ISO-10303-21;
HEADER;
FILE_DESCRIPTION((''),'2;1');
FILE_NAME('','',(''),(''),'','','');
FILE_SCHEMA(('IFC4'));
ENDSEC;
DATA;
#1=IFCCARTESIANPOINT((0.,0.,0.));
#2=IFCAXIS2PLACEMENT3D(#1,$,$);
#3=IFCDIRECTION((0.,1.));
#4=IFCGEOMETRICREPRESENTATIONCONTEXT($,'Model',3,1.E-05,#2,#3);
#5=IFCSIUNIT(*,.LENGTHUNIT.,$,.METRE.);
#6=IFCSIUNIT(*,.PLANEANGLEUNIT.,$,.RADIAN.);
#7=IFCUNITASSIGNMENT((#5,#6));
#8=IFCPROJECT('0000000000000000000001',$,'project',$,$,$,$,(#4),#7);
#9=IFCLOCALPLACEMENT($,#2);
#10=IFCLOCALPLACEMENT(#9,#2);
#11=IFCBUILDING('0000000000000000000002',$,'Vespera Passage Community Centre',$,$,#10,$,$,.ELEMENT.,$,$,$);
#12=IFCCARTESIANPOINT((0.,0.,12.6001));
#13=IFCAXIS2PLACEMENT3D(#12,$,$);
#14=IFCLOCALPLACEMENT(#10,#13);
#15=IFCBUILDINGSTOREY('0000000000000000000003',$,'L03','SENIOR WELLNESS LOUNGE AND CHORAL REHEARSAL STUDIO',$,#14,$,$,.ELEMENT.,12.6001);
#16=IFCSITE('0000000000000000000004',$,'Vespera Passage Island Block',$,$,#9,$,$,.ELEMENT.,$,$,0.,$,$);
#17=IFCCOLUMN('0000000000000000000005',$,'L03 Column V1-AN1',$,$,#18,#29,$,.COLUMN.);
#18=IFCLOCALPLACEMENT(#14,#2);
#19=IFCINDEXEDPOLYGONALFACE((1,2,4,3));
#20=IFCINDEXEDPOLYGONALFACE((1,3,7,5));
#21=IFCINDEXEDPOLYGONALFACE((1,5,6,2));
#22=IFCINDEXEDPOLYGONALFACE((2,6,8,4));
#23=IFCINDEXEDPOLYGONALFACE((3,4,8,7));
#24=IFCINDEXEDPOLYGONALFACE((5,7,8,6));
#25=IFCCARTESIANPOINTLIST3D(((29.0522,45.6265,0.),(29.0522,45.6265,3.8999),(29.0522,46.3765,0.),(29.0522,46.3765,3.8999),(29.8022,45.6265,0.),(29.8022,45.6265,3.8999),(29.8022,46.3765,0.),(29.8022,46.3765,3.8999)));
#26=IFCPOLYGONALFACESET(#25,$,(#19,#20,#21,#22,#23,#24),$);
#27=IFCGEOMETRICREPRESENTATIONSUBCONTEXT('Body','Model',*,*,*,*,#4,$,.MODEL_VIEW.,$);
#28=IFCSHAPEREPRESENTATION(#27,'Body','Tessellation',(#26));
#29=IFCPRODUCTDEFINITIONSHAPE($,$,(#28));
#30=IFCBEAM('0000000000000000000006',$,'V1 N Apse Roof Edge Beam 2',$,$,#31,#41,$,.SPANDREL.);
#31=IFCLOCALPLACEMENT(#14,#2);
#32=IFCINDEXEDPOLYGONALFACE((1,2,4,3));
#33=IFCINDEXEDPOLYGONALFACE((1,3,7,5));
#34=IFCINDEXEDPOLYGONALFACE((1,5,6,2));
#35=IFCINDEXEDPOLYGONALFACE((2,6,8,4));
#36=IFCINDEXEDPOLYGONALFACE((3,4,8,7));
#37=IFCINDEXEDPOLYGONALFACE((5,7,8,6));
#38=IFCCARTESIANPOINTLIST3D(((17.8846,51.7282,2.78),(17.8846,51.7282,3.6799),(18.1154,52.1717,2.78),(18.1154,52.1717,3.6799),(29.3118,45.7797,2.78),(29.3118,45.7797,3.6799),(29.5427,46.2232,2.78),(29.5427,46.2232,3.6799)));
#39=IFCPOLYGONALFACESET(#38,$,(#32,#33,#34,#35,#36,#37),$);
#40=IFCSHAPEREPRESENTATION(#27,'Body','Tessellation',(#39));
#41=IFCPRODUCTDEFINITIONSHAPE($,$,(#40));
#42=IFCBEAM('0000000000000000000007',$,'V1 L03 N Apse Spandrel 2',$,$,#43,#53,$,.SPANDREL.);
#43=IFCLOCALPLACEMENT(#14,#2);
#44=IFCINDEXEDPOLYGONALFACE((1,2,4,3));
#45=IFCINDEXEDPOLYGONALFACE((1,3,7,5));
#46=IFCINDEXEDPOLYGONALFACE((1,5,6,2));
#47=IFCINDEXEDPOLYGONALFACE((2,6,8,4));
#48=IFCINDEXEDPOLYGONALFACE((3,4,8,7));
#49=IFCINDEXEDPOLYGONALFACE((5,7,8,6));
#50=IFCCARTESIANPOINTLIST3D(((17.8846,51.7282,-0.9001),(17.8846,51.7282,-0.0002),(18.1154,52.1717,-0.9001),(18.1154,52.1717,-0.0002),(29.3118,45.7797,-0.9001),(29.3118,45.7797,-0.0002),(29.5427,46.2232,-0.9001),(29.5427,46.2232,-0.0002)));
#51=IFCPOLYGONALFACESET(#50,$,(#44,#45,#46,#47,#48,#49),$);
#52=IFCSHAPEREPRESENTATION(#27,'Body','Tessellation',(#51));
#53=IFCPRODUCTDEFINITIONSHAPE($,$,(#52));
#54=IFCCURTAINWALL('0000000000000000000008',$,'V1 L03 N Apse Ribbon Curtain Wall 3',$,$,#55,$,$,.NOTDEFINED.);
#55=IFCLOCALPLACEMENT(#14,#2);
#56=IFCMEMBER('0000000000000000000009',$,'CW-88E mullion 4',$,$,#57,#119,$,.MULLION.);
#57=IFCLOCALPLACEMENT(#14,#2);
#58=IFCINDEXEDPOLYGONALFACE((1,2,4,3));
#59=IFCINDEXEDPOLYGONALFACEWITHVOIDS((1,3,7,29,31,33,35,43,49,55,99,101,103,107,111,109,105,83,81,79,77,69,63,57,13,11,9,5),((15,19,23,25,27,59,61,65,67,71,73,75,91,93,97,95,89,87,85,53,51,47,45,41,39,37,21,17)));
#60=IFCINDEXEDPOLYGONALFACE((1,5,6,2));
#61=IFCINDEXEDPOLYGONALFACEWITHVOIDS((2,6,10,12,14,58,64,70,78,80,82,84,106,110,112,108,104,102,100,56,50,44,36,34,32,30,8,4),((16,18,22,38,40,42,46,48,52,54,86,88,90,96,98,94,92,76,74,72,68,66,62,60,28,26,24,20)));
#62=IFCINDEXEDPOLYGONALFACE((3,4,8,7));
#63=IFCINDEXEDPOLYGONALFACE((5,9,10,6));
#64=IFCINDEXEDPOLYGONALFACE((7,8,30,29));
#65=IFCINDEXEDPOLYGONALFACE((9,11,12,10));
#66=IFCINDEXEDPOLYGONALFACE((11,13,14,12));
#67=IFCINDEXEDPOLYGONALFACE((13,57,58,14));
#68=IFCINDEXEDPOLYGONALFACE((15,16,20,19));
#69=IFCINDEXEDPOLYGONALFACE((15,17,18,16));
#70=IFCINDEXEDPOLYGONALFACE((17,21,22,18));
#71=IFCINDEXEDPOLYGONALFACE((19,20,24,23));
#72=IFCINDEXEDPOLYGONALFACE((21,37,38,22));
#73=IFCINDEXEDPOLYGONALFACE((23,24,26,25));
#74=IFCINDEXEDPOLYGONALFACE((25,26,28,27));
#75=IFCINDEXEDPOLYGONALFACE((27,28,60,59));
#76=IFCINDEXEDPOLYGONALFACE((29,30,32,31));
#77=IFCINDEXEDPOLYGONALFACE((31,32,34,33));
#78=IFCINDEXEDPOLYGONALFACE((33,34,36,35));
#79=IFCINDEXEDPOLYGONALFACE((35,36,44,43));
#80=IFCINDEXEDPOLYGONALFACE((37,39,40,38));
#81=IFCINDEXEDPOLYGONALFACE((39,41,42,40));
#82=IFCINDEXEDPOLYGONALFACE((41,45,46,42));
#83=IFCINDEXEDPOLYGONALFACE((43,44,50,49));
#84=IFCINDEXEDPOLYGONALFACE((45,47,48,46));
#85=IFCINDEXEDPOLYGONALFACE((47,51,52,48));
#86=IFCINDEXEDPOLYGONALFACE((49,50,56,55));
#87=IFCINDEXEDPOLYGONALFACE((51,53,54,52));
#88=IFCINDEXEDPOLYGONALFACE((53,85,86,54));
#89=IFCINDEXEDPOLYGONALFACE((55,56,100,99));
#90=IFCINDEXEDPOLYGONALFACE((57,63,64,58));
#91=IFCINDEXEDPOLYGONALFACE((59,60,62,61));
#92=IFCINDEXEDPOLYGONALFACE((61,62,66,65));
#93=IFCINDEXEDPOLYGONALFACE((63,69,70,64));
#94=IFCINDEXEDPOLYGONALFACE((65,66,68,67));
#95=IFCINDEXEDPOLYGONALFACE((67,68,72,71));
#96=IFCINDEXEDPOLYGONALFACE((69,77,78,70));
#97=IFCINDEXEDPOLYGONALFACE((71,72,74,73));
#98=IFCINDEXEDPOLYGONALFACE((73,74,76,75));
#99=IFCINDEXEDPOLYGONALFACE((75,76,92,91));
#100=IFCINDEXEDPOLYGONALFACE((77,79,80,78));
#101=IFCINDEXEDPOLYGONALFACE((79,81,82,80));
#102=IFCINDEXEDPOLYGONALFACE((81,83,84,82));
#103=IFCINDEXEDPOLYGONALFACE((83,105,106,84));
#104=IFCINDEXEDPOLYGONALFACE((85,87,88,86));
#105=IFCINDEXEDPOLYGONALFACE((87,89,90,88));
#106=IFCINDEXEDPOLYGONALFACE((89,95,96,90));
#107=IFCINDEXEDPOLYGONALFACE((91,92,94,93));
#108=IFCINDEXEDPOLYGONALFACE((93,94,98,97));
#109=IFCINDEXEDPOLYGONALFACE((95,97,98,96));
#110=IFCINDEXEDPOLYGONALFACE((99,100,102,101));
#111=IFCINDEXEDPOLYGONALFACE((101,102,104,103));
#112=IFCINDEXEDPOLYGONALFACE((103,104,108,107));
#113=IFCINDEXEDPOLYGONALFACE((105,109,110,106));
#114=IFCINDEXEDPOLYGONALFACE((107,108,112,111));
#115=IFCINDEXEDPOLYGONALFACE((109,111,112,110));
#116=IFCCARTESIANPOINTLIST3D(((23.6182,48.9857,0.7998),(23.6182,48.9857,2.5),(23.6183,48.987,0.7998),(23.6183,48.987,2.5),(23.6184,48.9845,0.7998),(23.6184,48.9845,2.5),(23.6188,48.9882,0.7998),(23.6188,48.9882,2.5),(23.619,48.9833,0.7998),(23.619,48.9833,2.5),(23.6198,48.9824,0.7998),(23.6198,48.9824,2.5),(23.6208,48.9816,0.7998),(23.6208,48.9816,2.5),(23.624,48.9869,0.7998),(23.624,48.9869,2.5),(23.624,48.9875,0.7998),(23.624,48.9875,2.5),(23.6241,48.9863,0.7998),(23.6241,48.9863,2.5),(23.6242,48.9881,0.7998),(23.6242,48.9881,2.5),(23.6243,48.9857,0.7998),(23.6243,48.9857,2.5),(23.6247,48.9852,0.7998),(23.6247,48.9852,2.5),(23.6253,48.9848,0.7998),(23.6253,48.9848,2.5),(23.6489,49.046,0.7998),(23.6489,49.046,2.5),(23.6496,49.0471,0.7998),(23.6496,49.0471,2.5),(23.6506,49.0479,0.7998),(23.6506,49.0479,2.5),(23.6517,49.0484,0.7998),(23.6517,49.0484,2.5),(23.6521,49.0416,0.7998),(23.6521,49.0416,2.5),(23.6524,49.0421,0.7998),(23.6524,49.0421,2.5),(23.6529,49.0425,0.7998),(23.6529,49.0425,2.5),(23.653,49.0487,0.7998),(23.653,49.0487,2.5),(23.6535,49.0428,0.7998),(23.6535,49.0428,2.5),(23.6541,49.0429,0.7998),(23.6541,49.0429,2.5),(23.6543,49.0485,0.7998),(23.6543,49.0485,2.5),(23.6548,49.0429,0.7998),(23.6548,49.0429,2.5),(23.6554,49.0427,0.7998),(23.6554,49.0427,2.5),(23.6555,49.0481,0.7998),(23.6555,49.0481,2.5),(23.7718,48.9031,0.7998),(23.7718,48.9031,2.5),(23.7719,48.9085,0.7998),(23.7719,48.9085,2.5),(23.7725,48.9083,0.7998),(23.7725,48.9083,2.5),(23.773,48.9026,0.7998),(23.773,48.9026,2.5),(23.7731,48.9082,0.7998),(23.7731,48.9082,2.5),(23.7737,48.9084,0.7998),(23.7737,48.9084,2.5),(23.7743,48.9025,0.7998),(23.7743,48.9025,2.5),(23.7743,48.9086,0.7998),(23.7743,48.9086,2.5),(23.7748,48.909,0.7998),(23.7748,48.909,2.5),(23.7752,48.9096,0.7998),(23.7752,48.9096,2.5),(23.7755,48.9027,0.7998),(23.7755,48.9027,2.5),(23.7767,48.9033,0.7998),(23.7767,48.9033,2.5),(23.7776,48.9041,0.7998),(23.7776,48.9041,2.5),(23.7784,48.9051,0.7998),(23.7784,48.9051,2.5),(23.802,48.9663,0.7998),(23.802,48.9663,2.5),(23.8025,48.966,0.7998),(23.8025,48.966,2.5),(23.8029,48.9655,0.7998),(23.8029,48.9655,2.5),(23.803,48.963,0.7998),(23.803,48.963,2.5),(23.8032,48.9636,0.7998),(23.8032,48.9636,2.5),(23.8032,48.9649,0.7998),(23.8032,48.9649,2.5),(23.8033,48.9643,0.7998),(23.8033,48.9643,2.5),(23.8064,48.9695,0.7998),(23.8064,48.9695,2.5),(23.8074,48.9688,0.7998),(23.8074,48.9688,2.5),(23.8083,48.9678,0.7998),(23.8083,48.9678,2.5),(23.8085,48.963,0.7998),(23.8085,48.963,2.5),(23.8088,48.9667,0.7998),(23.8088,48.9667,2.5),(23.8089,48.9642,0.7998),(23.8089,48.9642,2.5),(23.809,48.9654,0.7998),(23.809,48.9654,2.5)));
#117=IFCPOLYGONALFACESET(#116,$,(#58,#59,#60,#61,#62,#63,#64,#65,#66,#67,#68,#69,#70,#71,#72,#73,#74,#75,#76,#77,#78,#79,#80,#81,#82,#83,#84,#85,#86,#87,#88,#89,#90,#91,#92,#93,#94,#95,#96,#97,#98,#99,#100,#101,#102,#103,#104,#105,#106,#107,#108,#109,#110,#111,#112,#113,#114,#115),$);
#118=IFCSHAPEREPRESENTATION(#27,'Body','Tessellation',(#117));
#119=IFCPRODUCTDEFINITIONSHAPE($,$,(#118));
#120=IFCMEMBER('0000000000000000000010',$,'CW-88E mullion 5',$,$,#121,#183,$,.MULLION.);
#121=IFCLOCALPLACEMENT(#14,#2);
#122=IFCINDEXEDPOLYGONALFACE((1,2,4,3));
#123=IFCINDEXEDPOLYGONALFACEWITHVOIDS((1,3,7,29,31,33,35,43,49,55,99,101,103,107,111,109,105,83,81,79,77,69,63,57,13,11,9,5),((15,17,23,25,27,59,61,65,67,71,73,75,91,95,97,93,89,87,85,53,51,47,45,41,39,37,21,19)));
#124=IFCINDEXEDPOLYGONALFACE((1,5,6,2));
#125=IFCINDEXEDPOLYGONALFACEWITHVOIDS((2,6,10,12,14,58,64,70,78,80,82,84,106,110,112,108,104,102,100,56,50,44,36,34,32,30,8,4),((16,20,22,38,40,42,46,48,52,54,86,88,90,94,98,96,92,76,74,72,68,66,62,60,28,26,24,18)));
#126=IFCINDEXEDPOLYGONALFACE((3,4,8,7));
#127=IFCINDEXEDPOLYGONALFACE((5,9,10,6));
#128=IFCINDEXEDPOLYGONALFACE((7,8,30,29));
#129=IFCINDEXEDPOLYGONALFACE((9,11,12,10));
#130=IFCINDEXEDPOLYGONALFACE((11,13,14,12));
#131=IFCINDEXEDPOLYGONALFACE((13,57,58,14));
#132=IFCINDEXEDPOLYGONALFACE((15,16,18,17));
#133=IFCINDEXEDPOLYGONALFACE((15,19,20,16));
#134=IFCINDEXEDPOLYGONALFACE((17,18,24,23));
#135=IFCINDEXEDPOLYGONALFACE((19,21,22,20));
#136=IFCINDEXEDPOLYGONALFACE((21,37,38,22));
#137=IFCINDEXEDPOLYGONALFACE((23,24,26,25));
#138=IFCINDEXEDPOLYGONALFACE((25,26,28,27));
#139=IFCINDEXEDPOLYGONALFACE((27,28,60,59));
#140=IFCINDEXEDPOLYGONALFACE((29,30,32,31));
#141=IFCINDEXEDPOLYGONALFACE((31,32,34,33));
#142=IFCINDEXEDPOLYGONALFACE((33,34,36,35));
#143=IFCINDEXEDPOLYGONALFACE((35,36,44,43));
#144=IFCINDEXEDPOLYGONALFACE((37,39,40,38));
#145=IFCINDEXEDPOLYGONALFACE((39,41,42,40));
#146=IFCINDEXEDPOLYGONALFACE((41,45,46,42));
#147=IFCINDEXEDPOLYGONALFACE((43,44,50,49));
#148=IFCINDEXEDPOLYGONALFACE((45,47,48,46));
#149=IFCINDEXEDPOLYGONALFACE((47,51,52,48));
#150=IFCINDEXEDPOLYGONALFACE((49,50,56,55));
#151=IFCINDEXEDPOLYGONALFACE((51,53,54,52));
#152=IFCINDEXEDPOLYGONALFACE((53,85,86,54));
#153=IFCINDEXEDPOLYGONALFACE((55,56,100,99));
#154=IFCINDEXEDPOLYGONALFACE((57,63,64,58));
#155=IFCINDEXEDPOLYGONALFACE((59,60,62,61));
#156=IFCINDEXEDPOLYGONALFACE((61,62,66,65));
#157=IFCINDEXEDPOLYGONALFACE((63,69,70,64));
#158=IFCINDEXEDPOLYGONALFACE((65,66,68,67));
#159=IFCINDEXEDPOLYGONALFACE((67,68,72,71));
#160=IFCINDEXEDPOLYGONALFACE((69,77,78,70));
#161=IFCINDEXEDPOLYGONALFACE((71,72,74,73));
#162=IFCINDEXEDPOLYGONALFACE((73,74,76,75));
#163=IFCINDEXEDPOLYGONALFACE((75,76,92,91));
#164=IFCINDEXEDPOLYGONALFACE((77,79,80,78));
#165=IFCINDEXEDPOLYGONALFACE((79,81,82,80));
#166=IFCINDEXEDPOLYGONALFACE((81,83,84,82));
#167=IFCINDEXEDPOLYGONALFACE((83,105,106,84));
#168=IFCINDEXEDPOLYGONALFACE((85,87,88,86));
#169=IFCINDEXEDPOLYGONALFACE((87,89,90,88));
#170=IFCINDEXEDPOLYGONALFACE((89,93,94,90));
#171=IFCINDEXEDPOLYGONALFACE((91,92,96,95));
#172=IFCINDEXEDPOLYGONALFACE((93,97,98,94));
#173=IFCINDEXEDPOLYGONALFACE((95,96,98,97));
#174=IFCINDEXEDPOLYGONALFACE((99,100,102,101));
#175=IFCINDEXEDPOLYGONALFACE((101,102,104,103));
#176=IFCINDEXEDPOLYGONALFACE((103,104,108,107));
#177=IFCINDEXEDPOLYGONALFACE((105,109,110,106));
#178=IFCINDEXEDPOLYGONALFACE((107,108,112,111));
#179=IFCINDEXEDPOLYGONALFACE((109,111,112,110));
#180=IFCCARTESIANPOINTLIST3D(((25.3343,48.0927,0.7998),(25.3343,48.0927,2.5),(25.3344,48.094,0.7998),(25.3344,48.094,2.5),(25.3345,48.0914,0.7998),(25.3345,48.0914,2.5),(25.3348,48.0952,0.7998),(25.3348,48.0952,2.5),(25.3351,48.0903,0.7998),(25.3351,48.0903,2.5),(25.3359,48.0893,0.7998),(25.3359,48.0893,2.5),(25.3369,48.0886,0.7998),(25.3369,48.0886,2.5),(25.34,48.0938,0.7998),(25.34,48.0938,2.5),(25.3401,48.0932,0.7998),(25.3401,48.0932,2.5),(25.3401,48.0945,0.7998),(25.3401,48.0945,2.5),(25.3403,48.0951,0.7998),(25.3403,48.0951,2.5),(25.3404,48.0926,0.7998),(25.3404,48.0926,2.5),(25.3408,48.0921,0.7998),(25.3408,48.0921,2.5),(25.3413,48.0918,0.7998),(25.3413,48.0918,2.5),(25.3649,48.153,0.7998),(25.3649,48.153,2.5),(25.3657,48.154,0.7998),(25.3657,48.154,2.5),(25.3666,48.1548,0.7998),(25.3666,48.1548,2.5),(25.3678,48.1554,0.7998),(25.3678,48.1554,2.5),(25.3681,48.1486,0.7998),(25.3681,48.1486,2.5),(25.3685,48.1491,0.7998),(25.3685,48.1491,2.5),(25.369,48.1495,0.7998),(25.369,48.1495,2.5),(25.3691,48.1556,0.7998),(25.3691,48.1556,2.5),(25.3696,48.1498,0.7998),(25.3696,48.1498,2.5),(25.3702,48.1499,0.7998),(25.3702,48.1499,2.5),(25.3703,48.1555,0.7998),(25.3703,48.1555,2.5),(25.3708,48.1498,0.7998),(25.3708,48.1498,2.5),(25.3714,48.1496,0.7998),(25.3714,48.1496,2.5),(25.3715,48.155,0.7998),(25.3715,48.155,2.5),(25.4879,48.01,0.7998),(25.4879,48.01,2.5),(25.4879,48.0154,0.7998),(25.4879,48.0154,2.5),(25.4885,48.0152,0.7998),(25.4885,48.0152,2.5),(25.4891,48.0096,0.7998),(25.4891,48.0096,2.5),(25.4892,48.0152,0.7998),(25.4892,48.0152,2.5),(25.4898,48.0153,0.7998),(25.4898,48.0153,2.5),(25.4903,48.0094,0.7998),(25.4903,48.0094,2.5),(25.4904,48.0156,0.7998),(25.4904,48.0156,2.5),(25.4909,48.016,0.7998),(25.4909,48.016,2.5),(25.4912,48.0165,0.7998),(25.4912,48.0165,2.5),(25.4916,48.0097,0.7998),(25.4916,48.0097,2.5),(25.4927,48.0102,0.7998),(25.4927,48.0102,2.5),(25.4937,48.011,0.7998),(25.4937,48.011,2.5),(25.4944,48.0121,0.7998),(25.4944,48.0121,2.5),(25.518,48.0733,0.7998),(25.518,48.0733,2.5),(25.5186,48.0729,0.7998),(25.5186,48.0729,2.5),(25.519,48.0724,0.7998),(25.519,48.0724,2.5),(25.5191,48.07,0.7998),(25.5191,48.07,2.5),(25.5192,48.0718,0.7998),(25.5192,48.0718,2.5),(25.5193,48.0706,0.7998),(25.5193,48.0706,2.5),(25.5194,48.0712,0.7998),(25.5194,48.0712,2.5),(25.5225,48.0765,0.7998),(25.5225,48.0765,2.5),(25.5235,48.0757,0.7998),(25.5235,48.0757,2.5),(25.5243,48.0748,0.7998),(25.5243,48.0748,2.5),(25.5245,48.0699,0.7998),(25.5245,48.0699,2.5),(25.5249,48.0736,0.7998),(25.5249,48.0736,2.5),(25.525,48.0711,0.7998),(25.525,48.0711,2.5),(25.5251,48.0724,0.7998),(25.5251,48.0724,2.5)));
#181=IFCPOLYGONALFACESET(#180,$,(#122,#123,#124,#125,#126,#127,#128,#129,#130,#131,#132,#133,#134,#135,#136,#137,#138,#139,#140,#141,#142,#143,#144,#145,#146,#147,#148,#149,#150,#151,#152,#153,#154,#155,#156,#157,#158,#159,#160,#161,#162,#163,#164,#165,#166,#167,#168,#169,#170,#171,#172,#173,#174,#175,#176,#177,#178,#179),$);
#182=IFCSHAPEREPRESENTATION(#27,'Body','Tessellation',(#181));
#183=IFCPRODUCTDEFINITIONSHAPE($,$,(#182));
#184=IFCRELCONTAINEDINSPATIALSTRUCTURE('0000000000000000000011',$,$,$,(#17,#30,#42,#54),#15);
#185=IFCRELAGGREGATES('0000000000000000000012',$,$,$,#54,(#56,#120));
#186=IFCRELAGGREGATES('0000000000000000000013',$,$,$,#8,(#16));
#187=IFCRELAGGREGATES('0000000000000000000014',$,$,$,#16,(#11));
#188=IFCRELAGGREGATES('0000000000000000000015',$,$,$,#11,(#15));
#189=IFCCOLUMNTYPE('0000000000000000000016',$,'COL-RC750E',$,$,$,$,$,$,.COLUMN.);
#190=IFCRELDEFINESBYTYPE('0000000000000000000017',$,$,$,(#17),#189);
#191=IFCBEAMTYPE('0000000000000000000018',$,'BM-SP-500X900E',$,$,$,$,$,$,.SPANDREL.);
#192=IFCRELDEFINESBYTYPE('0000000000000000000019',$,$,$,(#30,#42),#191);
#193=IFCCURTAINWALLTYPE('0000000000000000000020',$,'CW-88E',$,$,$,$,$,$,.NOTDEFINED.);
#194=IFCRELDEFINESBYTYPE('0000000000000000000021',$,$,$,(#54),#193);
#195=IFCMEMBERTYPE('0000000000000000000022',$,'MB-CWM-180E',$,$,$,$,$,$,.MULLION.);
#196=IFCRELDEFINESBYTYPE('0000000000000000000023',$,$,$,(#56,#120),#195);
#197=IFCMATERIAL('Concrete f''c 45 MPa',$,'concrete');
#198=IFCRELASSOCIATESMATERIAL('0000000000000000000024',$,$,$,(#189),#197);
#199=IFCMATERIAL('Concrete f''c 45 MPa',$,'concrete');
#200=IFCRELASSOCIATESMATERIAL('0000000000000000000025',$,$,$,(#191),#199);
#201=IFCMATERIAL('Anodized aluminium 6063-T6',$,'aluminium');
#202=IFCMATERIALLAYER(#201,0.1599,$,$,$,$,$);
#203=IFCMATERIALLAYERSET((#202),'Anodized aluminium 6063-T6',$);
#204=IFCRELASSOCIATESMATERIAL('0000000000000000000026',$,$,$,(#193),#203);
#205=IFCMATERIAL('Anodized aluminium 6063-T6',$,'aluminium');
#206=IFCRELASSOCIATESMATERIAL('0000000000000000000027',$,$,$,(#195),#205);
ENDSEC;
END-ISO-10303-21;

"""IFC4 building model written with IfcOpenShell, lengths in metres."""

from ifc_helpers import new_model, si_unit, direction, frame, origin, origin_2d, place, context, subcontext, project, spatial, rectangle, hollow_rectangle, extrude, material, layer, layer_set, material_profile, profile_set, type_object, element, aggregate, save


model = new_model("IFC4")

# Units and contexts
model_context = context("Model", 3, precision=1e-05, world=origin(), true_north=direction((0.0, 1.0)))
body_context = subcontext(model_context, "Body", "Model", "MODEL_VIEW")
ifc_project = project(units=[si_unit("LENGTHUNIT", "METRE"), si_unit("PLANEANGLEUNIT", "RADIAN")], contexts=[model_context])

# Site, building, storey
site_placement = place(None, origin())
site = spatial("IfcSite", under=ifc_project, at=site_placement, Name="Vespera Passage Island Block", CompositionType="ELEMENT", RefElevation=0.0)
building_placement = place(site_placement, origin())
building = spatial("IfcBuilding", under=site, at=building_placement, Name="Vespera Passage Community Centre", CompositionType="ELEMENT")
storey_placement = place(building_placement, frame((0.0, 0.0, 12.6001)))
storey = spatial("IfcBuildingStorey", under=building, at=storey_placement, Name="L03", Description="SENIOR WELLNESS LOUNGE AND CHORAL REHEARSAL STUDIO", CompositionType="ELEMENT", Elevation=12.6001)

# Column
ifc_material_1 = material(Name="Concrete f'c 45 MPa", Category="concrete")
ifc_material_profile_1 = material_profile(ifc_material_1, rectangle(XDim=0.75, YDim=0.75, at=origin_2d()), Name="RC750X750")
ifc_profile_set_1 = profile_set([ifc_material_profile_1], Name="Concrete f'c 45 MPa")
column_type = type_object("IfcColumnType", Name="COL-RC750E", PredefinedType="COLUMN", material=ifc_profile_set_1)
column_placement = place(storey_placement, frame((29.4272, 46.0015, 0.0), z_axis=(0.0, 0.0, 1.0), x_axis=(1.0, 0.0, 0.0)))
element("IfcColumn", 1, at=column_placement, inside=storey, type_object=column_type, Name="L03 Column V1-AN1", PredefinedType="COLUMN", context=body_context, shape_type="SweptSolid", body=[
    extrude(rectangle(XDim=0.75, YDim=0.75, at=origin_2d()), origin(), (0.0, 0.0, 1.0), 3.8999),
])

# Beams
ifc_material_2 = material(Name="Concrete f'c 45 MPa", Category="concrete")
ifc_material_profile_2 = material_profile(ifc_material_2, rectangle(XDim=0.5, YDim=0.8999, at=origin_2d()), Name="RC500X900")
ifc_profile_set_2 = profile_set([ifc_material_profile_2], Name="Concrete f'c 45 MPa")
beam_type = type_object("IfcBeamType", Name="BM-SP-500X900E", PredefinedType="SPANDREL", material=ifc_profile_set_2)
for number, where, z_axis, x_axis, name in (
    (2, (29.4272, 46.0015, 3.23), (-0.887016, 0.461739, 0.0), (-0.461739, -0.887016, 0.0), "V1 N Apse Roof Edge Beam 2"),
    (3, (29.4272, 46.0015, -0.4502), (-0.887016, 0.461739, 0.0), (-0.461739, -0.887016, 0.0), "V1 L03 N Apse Spandrel 2"),
):
    element("IfcBeam", number, at=place(storey_placement, frame(where, z_axis=z_axis, x_axis=x_axis)), inside=storey, type_object=beam_type, Name=name, PredefinedType="SPANDREL", context=body_context, shape_type="SweptSolid", body=[
        extrude(rectangle(XDim=0.5, YDim=0.8999, at=origin_2d()), origin(), (0.0, 0.0, 1.0), 12.8828),
    ])

# Curtain wall, members
ifc_material_3 = material(Name="Anodized aluminium 6063-T6", Category="aluminium")
ifc_layer_1 = layer(ifc_material_3, 0.1599)
ifc_layer_set_1 = layer_set([ifc_layer_1], Name="Anodized aluminium 6063-T6")
curtain_wall_type = type_object("IfcCurtainWallType", Name="CW-88E", PredefinedType="NOTDEFINED", material=ifc_layer_set_1)
curtain_wall_placement = place(storey_placement, origin())
curtain_wall = element("IfcCurtainWall", 4, at=curtain_wall_placement, inside=storey, type_object=curtain_wall_type, Name="V1 L03 N Apse Ribbon Curtain Wall 3", PredefinedType="NOTDEFINED")
ifc_material_4 = material(Name="Anodized aluminium 6063-T6", Category="aluminium")
ifc_material_profile_3 = material_profile(ifc_material_4, hollow_rectangle(XDim=0.075, YDim=0.1799, WallThickness=0.0049, InnerFilletRadius=0.0024, OuterFilletRadius=0.0049, at=origin_2d()), Name="ALU180X75X5")
ifc_profile_set_3 = profile_set([ifc_material_profile_3], Name="Anodized aluminium 6063-T6")
member_type_1 = type_object("IfcMemberType", Name="MB-CWM-180E", PredefinedType="MULLION", material=ifc_profile_set_3)
member_1_placement = place(storey_placement, frame((23.7136, 48.9756, 0.7998), z_axis=(0.0, 0.0, 1.0), x_axis=(0.461745, 0.887013, 0.0)))
member_1 = element("IfcMember", 5, at=member_1_placement, type_object=member_type_1, Name="CW-88E mullion 4", PredefinedType="MULLION", context=body_context, shape_type="SweptSolid", body=[
    extrude(hollow_rectangle(XDim=0.075, YDim=0.1799, WallThickness=0.0049, InnerFilletRadius=0.0024, OuterFilletRadius=0.0049, at=origin_2d()), origin(), (0.0, 0.0, 1.0), 1.7002),
])
member_2_placement = place(storey_placement, frame((25.4297, 48.0825, 0.7998), z_axis=(0.0, 0.0, 1.0), x_axis=(0.461745, 0.887013, 0.0)))
member_2 = element("IfcMember", 6, at=member_2_placement, type_object=member_type_1, Name="CW-88E mullion 5", PredefinedType="MULLION", context=body_context, shape_type="SweptSolid", body=[
    extrude(hollow_rectangle(XDim=0.075, YDim=0.1799, WallThickness=0.0049, InnerFilletRadius=0.0024, OuterFilletRadius=0.0049, at=origin_2d()), origin(), (0.0, 0.0, 1.0), 1.7002),
])
aggregate(curtain_wall, [member_1, member_2])

save(model, "model.ifc")
